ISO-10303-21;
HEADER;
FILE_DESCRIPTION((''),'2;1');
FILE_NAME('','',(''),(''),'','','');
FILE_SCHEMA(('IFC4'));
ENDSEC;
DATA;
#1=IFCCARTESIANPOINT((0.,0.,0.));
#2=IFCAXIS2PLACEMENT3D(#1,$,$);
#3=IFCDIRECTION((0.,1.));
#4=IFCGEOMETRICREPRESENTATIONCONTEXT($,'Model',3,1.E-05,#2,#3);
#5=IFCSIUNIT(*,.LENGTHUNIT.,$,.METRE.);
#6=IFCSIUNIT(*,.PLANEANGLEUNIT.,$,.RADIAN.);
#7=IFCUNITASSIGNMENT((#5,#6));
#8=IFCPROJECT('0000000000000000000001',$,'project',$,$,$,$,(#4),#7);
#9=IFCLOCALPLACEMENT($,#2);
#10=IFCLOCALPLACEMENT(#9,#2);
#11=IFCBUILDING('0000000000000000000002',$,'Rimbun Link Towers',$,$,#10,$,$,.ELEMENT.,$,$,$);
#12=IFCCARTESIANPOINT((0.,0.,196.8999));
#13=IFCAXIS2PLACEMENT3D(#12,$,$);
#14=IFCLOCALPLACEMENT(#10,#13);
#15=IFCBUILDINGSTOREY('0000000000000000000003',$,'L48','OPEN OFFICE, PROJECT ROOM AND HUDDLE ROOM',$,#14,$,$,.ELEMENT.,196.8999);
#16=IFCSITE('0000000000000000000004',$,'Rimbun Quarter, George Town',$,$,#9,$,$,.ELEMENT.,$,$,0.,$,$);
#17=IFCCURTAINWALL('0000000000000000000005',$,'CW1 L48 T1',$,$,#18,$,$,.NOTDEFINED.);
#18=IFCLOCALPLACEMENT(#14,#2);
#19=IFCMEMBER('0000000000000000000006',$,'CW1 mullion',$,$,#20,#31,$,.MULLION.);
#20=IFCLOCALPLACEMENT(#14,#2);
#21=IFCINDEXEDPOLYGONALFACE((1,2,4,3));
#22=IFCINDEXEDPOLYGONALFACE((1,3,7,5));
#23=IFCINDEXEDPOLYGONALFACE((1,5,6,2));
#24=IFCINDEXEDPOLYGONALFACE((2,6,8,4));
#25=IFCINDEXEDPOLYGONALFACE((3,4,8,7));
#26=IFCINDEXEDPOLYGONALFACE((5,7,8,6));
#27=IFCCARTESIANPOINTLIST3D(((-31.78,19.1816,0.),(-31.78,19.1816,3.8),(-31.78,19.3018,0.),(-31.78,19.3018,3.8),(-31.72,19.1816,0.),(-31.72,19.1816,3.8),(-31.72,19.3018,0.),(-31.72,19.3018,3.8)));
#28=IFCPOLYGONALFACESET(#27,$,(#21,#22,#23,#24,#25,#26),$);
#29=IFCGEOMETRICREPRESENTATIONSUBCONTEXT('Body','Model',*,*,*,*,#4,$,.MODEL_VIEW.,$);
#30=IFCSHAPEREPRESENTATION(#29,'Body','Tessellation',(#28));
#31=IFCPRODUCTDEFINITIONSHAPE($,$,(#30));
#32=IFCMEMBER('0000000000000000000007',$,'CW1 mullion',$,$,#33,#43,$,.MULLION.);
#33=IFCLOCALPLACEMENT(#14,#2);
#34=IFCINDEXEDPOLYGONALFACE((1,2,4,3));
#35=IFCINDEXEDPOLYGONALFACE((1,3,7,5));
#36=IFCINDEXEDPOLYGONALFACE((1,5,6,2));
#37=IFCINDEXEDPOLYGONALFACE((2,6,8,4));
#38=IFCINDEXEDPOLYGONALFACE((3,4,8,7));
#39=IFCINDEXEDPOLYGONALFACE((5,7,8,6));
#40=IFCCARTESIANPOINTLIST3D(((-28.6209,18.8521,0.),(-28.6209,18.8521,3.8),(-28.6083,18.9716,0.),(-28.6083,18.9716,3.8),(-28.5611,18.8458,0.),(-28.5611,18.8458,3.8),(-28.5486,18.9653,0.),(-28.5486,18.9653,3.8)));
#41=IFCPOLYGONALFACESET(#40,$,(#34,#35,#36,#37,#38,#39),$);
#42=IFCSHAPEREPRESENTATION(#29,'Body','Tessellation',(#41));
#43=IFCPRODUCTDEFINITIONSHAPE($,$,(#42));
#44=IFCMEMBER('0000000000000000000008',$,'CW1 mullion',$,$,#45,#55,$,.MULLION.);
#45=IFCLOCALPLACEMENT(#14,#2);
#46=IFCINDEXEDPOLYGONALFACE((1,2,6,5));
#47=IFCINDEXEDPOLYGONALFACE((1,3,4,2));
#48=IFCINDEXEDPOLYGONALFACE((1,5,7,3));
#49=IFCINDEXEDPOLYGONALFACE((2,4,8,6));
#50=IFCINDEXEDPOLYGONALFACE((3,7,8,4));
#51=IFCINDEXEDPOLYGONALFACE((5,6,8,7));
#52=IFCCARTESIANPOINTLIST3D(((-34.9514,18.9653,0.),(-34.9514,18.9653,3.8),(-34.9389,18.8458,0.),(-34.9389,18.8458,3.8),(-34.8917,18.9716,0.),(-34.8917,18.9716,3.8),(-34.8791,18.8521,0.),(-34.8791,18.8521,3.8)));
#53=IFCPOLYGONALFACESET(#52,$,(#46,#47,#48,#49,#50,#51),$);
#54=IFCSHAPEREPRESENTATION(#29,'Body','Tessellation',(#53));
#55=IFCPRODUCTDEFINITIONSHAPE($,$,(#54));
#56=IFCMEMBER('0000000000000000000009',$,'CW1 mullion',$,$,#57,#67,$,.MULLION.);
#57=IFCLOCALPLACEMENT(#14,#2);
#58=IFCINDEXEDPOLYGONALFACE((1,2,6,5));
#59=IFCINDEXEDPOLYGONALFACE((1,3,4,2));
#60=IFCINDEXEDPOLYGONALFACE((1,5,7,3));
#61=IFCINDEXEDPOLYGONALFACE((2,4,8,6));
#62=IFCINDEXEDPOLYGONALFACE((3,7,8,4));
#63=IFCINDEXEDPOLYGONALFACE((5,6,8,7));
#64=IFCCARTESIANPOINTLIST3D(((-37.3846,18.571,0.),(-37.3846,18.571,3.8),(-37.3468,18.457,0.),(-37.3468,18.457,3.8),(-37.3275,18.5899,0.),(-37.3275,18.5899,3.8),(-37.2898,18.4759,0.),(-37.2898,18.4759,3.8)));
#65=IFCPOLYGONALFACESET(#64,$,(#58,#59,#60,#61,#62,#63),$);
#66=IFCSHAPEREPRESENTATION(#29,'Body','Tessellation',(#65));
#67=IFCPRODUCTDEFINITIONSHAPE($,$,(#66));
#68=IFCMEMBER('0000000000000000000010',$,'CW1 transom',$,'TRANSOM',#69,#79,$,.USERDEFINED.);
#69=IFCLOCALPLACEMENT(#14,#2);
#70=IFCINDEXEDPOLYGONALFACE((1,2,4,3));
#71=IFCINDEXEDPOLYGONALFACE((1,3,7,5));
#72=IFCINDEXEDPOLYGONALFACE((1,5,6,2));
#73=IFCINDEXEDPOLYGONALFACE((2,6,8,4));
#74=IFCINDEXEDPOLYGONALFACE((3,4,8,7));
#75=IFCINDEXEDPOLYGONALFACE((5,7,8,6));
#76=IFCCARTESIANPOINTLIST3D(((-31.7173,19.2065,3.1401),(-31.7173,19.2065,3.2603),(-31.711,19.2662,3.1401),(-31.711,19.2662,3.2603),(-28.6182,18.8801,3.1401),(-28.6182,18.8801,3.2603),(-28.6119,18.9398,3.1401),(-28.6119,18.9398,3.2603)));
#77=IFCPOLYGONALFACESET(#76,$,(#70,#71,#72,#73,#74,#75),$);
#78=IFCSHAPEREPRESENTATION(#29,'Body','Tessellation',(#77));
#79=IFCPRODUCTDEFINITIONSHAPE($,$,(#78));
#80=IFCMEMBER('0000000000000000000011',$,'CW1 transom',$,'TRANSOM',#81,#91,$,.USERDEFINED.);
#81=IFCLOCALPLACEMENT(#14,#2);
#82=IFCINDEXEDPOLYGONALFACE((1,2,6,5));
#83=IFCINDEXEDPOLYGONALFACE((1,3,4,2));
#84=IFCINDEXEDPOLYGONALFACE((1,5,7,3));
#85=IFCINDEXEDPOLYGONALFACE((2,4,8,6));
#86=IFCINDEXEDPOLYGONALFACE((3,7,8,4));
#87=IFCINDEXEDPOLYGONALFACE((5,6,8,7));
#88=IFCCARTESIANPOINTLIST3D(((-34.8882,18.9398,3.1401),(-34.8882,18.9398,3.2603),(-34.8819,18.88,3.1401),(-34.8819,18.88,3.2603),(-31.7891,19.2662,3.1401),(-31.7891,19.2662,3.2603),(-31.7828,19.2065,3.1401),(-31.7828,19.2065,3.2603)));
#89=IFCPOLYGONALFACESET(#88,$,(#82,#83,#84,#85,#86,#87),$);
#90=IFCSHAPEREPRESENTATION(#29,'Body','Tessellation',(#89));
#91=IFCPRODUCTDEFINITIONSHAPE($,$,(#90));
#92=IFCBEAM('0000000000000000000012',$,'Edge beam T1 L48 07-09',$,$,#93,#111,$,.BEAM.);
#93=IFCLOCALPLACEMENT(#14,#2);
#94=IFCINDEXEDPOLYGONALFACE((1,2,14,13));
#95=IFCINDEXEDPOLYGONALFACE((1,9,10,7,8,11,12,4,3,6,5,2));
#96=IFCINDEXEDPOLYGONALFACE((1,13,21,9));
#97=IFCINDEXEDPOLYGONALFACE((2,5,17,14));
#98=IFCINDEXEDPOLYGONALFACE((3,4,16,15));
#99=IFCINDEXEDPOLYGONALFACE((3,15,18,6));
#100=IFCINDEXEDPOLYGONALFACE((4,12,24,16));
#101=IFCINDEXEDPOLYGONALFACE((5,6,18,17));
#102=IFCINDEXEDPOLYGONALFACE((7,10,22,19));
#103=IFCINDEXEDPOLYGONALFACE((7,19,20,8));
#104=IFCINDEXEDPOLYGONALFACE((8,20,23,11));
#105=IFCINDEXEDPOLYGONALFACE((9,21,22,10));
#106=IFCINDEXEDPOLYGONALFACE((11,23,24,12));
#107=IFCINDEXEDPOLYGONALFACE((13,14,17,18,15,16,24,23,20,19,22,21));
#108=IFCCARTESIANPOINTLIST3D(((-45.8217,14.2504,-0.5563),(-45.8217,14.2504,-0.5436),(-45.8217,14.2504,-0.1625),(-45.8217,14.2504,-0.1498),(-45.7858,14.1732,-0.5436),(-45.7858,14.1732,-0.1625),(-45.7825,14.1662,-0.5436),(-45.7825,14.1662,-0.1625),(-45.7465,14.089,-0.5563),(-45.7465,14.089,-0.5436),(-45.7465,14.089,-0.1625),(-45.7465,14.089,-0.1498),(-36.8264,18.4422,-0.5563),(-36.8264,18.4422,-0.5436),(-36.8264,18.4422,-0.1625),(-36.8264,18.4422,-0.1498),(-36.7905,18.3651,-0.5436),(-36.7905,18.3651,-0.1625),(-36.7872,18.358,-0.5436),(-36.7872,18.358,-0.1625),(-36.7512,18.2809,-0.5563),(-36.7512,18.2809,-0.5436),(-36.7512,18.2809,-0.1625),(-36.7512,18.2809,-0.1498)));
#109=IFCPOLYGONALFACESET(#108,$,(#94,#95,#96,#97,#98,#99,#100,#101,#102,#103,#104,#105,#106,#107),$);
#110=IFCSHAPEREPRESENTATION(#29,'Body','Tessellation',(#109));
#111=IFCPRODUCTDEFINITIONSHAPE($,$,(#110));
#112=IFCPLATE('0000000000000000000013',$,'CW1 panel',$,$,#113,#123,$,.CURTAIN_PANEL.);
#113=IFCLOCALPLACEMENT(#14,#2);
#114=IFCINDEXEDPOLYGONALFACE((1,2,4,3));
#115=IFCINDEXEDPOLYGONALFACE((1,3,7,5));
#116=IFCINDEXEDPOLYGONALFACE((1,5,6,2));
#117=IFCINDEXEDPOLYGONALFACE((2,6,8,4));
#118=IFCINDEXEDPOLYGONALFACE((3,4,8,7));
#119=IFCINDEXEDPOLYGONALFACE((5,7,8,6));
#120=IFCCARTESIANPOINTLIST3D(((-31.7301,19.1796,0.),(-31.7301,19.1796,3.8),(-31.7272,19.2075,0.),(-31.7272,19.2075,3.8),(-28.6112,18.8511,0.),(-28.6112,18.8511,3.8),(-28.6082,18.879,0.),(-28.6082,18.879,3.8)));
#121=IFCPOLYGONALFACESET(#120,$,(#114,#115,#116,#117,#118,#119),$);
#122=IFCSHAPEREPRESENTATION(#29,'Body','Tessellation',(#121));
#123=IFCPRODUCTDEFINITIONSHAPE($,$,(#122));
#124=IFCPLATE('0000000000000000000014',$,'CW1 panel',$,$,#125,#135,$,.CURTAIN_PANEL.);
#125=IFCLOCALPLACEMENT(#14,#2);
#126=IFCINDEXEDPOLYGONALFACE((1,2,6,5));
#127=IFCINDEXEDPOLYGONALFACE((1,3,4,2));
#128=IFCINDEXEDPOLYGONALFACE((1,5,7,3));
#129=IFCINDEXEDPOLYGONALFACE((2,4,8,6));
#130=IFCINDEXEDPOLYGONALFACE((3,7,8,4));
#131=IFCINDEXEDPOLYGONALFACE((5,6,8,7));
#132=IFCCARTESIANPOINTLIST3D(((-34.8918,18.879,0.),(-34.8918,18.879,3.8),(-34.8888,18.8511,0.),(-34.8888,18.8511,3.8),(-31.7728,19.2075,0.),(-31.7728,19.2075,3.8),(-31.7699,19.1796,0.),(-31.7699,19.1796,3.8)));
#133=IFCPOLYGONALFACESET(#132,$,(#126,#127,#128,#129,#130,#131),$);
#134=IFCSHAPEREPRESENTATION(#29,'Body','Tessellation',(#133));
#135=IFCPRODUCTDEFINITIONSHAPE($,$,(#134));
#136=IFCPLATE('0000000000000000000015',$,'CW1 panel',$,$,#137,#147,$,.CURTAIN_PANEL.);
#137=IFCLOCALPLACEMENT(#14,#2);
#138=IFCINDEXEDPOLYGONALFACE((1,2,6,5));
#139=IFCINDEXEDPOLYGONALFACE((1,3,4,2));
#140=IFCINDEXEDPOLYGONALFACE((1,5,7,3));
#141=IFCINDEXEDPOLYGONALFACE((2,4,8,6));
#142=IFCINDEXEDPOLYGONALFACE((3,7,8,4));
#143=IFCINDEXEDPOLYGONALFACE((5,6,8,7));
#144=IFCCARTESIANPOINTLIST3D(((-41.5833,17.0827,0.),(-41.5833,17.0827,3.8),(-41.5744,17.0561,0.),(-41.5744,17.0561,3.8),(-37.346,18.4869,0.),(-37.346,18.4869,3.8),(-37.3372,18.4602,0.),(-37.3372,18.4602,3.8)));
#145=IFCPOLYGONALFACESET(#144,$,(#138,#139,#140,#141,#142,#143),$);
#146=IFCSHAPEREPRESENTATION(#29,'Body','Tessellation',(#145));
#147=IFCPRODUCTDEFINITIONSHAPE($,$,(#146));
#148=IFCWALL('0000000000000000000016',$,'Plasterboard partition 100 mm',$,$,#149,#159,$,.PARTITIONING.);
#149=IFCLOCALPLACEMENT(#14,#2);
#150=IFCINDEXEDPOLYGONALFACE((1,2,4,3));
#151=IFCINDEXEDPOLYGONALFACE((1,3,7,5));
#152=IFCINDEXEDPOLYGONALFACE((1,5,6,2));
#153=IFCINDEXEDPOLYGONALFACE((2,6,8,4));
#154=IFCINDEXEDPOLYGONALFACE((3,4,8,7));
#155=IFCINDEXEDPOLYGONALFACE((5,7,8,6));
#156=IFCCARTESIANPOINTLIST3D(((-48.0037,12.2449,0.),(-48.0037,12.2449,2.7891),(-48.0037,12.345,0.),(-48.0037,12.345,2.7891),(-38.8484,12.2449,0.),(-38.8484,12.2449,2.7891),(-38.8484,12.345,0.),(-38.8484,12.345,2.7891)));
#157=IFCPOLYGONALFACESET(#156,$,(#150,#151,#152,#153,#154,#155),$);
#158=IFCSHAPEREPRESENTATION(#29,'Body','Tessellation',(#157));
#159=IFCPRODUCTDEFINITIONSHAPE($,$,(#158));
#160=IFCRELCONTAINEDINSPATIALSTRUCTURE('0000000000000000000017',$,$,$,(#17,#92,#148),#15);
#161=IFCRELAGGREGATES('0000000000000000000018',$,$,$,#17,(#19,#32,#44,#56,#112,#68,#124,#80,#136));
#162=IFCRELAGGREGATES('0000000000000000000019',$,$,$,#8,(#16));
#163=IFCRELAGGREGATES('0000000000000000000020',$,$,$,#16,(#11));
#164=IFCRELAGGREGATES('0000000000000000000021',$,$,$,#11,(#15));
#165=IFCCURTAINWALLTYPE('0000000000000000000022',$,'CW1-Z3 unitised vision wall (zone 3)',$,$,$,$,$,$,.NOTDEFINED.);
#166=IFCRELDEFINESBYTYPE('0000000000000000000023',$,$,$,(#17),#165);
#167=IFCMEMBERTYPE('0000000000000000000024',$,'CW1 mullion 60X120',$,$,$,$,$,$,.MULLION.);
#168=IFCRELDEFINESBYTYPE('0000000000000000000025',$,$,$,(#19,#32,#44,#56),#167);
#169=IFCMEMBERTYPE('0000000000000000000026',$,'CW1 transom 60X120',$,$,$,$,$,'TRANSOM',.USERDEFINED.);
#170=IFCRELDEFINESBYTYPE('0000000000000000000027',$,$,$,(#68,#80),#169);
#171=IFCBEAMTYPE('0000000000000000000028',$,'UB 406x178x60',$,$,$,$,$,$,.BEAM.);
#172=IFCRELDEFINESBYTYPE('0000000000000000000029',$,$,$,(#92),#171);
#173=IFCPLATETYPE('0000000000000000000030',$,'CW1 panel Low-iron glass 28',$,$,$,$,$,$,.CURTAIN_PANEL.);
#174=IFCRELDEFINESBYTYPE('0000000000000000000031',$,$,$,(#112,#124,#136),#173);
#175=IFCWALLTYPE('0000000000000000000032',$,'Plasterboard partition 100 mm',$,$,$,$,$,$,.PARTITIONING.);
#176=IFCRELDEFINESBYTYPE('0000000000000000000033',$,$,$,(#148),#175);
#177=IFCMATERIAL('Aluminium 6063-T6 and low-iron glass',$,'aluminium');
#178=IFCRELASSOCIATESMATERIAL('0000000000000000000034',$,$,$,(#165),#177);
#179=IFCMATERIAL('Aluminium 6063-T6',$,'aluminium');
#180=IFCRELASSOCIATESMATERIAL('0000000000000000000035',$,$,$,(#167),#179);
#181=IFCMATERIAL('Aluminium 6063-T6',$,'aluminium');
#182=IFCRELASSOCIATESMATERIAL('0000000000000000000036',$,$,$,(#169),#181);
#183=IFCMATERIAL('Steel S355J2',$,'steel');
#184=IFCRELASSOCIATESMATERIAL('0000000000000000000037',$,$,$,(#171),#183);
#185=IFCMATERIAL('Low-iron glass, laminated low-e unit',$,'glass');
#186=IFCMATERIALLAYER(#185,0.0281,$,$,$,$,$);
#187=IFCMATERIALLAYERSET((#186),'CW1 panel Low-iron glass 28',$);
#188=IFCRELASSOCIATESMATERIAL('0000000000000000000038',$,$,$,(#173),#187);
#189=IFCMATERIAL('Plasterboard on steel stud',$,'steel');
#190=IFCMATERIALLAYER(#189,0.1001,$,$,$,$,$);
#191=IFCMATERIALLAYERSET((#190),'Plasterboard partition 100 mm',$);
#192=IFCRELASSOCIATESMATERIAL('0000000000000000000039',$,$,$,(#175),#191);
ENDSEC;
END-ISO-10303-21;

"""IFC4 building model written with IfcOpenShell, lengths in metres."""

from ifc_helpers import new_model, si_unit, direction, frame, frame_2d, origin, origin_2d, place, context, subcontext, project, spatial, rectangle, i_section, extrude, material, layer, layer_set, material_profile, profile_set, type_object, element, aggregate, save


model = new_model("IFC4")

# Units and contexts
model_context = context("Model", 3, precision=1e-05, world=origin(), true_north=direction((0.0, 1.0)))
body_context = subcontext(model_context, "Body", "Model", "MODEL_VIEW")
ifc_project = project(units=[si_unit("LENGTHUNIT", "METRE"), si_unit("PLANEANGLEUNIT", "RADIAN")], contexts=[model_context])

# Site, building, storey
site_placement = place(None, origin())
site = spatial("IfcSite", under=ifc_project, at=site_placement, Name="Rimbun Quarter, George Town", CompositionType="ELEMENT", RefElevation=0.0)
building_placement = place(site_placement, origin())
building = spatial("IfcBuilding", under=site, at=building_placement, Name="Rimbun Link Towers", CompositionType="ELEMENT")
storey_placement = place(building_placement, frame((0.0, 0.0, 196.8999)))
storey = spatial("IfcBuildingStorey", under=building, at=storey_placement, Name="L48", Description="OPEN OFFICE, PROJECT ROOM AND HUDDLE ROOM", CompositionType="ELEMENT", Elevation=196.8999)

# Curtain wall, members
ifc_material_1 = material(Name="Aluminium 6063-T6 and low-iron glass", Category="aluminium")
curtain_wall_type = type_object("IfcCurtainWallType", Name="CW1-Z3 unitised vision wall (zone 3)", PredefinedType="NOTDEFINED", material=ifc_material_1)
curtain_wall_placement = place(storey_placement, origin())
curtain_wall = element("IfcCurtainWall", 1, at=curtain_wall_placement, inside=storey, type_object=curtain_wall_type, Name="CW1 L48 T1", PredefinedType="NOTDEFINED")
ifc_material_2 = material(Name="Aluminium 6063-T6", Category="aluminium")
ifc_material_profile_1 = material_profile(ifc_material_2, rectangle(XDim=0.1201, YDim=0.0601, at=origin_2d()), Name="MULLION 60X120")
ifc_profile_set_1 = profile_set([ifc_material_profile_1], Name="Aluminium 6063-T6")
member_type_1 = type_object("IfcMemberType", Name="CW1 mullion 60X120", PredefinedType="MULLION", material=ifc_profile_set_1)
member_1_placement = place(storey_placement, frame((-31.75, 19.2417, 0.0), z_axis=(0.0, 0.0, 1.0), x_axis=(0.0, 1.0, 0.0)))
member_1 = element("IfcMember", 2, at=member_1_placement, type_object=member_type_1, Name="CW1 mullion", PredefinedType="MULLION", context=body_context, shape_type="SweptSolid", body=[
    extrude(rectangle(XDim=0.1201, YDim=0.0601, at=origin_2d()), origin(), (0.0, 0.0, 1.0), 3.8),
])
member_2_placement = place(storey_placement, frame((-28.5847, 18.9087, 0.0), z_axis=(0.0, 0.0, 1.0), x_axis=(0.104748, 0.994499, 0.0)))
member_2 = element("IfcMember", 3, at=member_2_placement, type_object=member_type_1, Name="CW1 mullion", PredefinedType="MULLION", context=body_context, shape_type="SweptSolid", body=[
    extrude(rectangle(XDim=0.1201, YDim=0.0601, at=origin_2d()), origin(), (0.0, 0.0, 1.0), 3.8),
])
member_3_placement = place(storey_placement, frame((-34.9153, 18.9087, 0.0), z_axis=(0.0, 0.0, 1.0), x_axis=(-0.104748, 0.994499, 0.0)))
member_3 = element("IfcMember", 4, at=member_3_placement, type_object=member_type_1, Name="CW1 mullion", PredefinedType="MULLION", context=body_context, shape_type="SweptSolid", body=[
    extrude(rectangle(XDim=0.1201, YDim=0.0601, at=origin_2d()), origin(), (0.0, 0.0, 1.0), 3.8),
])
member_4_placement = place(storey_placement, frame((-37.3372, 18.5234, 0.0), z_axis=(0.0, 0.0, 1.0), x_axis=(-0.314558, 0.949238, 0.0)))
member_4 = element("IfcMember", 5, at=member_4_placement, type_object=member_type_1, Name="CW1 mullion", PredefinedType="MULLION", context=body_context, shape_type="SweptSolid", body=[
    extrude(rectangle(XDim=0.1201, YDim=0.0601, at=origin_2d()), origin(), (0.0, 0.0, 1.0), 3.8),
])
ifc_material_3 = material(Name="Aluminium 6063-T6", Category="aluminium")
ifc_material_profile_2 = material_profile(ifc_material_3, rectangle(XDim=0.0601, YDim=0.1201, at=origin_2d()), Name="TRANSOM 60X120")
ifc_profile_set_2 = profile_set([ifc_material_profile_2], Name="Aluminium 6063-T6")
member_type_2 = type_object("IfcMemberType", Name="CW1 transom 60X120", ElementType="TRANSOM", PredefinedType="USERDEFINED", material=ifc_profile_set_2)
member_5_placement = place(storey_placement, frame((-31.7141, 19.2363, 3.2002), z_axis=(0.994499, -0.104746, 0.0), x_axis=(0.104746, 0.994499, 0.0)))
member_5 = element("IfcMember", 6, at=member_5_placement, type_object=member_type_2, Name="CW1 transom", ObjectType="TRANSOM", PredefinedType="USERDEFINED", context=body_context, shape_type="SweptSolid", body=[
    extrude(rectangle(XDim=0.0601, YDim=0.1201, at=origin_2d()), origin(), (0.0, 0.0, 1.0), 3.1162),
])
member_6_placement = place(storey_placement, frame((-34.885, 18.9099, 3.2002), z_axis=(0.994499, 0.104746, 0.0), x_axis=(-0.104746, 0.994499, 0.0)))
member_6 = element("IfcMember", 7, at=member_6_placement, type_object=member_type_2, Name="CW1 transom", ObjectType="TRANSOM", PredefinedType="USERDEFINED", context=body_context, shape_type="SweptSolid", body=[
    extrude(rectangle(XDim=0.0601, YDim=0.1201, at=origin_2d()), origin(), (0.0, 0.0, 1.0), 3.1162),
])

# Beam
ifc_material_4 = material(Name="Steel S355J2", Category="steel")
ifc_material_profile_3 = material_profile(ifc_material_4, i_section(OverallWidth=0.178, OverallDepth=0.4065, WebThickness=0.0078, FlangeThickness=0.0127, at=origin_2d()), Name="UB 406x178x60")
ifc_profile_set_3 = profile_set([ifc_material_profile_3], Name="Steel S355J2")
beam_type = type_object("IfcBeamType", Name="UB 406x178x60", PredefinedType="BEAM", material=ifc_profile_set_3)
beam_placement = place(storey_placement, frame((-36.7888, 18.3616, -0.353), z_axis=(-0.906412, -0.422394, 0.0), x_axis=(0.422394, -0.906412, 0.0)))
element("IfcBeam", 8, at=beam_placement, inside=storey, type_object=beam_type, Name="Edge beam T1 L48 07-09", PredefinedType="BEAM", context=body_context, shape_type="SweptSolid", body=[
    extrude(i_section(OverallWidth=0.178, OverallDepth=0.4065, WebThickness=0.0078, FlangeThickness=0.0127, at=origin_2d()), origin(), (0.0, 0.0, 1.0), 9.9241),
])

# Plates
ifc_material_5 = material(Name="Low-iron glass, laminated low-e unit", Category="glass")
ifc_layer_1 = layer(ifc_material_5, 0.0281)
ifc_layer_set_1 = layer_set([ifc_layer_1], Name="CW1 panel Low-iron glass 28")
plate_type = type_object("IfcPlateType", Name="CW1 panel Low-iron glass 28", PredefinedType="CURTAIN_PANEL", material=ifc_layer_set_1)
plate_1_placement = place(storey_placement, frame((-30.1692, 19.0293, 0.0), z_axis=(0.0, 0.0, 1.0), x_axis=(0.994499, -0.104748, 0.0)))
plate_1 = element("IfcPlate", 9, at=plate_1_placement, type_object=plate_type, Name="CW1 panel", PredefinedType="CURTAIN_PANEL", context=body_context, shape_type="SweptSolid", body=[
    extrude(rectangle(XDim=3.1362, YDim=0.0281, at=origin_2d()), origin(), (0.0, 0.0, 1.0), 3.8),
])
plate_2_placement = place(storey_placement, frame((-33.3308, 19.0293, 0.0), z_axis=(0.0, 0.0, 1.0), x_axis=(0.994499, 0.104748, 0.0)))
plate_2 = element("IfcPlate", 10, at=plate_2_placement, type_object=plate_type, Name="CW1 panel", PredefinedType="CURTAIN_PANEL", context=body_context, shape_type="SweptSolid", body=[
    extrude(rectangle(XDim=3.1362, YDim=0.0281, at=origin_2d()), origin(), (0.0, 0.0, 1.0), 3.8),
])
plate_3_placement = place(storey_placement, frame((-39.4602, 17.7715, 0.0), z_axis=(0.0, 0.0, 1.0), x_axis=(0.949238, 0.314558, 0.0)))
plate_3 = element("IfcPlate", 11, at=plate_3_placement, type_object=plate_type, Name="CW1 panel", PredefinedType="CURTAIN_PANEL", context=body_context, shape_type="SweptSolid", body=[
    extrude(rectangle(XDim=4.4639, YDim=0.0281, at=origin_2d()), origin(), (0.0, 0.0, 1.0), 3.8),
])
aggregate(curtain_wall, [member_1, member_2, member_3, member_4, plate_1, member_5, plate_2, member_6, plate_3])

# Wall
ifc_material_6 = material(Name="Plasterboard on steel stud", Category="steel")
ifc_layer_2 = layer(ifc_material_6, 0.1001)
ifc_layer_set_2 = layer_set([ifc_layer_2], Name="Plasterboard partition 100 mm")
wall_type = type_object("IfcWallType", Name="Plasterboard partition 100 mm", PredefinedType="PARTITIONING", material=ifc_layer_set_2)
wall_1_placement = place(storey_placement, frame((-38.8484, 12.2949, 0.0), z_axis=(0.0, 0.0, 1.0), x_axis=(-1.0, 0.0, 0.0)))
element("IfcWall", 12, at=wall_1_placement, inside=storey, type_object=wall_type, Name="Plasterboard partition 100 mm", PredefinedType="PARTITIONING", context=body_context, shape_type="SweptSolid", body=[
    extrude(rectangle(XDim=9.1553, YDim=0.1001, at=frame_2d((4.5776, 0.0))), origin(), (0.0, 0.0, 1.0), 2.7891),
])

save(model, "model.ifc")
